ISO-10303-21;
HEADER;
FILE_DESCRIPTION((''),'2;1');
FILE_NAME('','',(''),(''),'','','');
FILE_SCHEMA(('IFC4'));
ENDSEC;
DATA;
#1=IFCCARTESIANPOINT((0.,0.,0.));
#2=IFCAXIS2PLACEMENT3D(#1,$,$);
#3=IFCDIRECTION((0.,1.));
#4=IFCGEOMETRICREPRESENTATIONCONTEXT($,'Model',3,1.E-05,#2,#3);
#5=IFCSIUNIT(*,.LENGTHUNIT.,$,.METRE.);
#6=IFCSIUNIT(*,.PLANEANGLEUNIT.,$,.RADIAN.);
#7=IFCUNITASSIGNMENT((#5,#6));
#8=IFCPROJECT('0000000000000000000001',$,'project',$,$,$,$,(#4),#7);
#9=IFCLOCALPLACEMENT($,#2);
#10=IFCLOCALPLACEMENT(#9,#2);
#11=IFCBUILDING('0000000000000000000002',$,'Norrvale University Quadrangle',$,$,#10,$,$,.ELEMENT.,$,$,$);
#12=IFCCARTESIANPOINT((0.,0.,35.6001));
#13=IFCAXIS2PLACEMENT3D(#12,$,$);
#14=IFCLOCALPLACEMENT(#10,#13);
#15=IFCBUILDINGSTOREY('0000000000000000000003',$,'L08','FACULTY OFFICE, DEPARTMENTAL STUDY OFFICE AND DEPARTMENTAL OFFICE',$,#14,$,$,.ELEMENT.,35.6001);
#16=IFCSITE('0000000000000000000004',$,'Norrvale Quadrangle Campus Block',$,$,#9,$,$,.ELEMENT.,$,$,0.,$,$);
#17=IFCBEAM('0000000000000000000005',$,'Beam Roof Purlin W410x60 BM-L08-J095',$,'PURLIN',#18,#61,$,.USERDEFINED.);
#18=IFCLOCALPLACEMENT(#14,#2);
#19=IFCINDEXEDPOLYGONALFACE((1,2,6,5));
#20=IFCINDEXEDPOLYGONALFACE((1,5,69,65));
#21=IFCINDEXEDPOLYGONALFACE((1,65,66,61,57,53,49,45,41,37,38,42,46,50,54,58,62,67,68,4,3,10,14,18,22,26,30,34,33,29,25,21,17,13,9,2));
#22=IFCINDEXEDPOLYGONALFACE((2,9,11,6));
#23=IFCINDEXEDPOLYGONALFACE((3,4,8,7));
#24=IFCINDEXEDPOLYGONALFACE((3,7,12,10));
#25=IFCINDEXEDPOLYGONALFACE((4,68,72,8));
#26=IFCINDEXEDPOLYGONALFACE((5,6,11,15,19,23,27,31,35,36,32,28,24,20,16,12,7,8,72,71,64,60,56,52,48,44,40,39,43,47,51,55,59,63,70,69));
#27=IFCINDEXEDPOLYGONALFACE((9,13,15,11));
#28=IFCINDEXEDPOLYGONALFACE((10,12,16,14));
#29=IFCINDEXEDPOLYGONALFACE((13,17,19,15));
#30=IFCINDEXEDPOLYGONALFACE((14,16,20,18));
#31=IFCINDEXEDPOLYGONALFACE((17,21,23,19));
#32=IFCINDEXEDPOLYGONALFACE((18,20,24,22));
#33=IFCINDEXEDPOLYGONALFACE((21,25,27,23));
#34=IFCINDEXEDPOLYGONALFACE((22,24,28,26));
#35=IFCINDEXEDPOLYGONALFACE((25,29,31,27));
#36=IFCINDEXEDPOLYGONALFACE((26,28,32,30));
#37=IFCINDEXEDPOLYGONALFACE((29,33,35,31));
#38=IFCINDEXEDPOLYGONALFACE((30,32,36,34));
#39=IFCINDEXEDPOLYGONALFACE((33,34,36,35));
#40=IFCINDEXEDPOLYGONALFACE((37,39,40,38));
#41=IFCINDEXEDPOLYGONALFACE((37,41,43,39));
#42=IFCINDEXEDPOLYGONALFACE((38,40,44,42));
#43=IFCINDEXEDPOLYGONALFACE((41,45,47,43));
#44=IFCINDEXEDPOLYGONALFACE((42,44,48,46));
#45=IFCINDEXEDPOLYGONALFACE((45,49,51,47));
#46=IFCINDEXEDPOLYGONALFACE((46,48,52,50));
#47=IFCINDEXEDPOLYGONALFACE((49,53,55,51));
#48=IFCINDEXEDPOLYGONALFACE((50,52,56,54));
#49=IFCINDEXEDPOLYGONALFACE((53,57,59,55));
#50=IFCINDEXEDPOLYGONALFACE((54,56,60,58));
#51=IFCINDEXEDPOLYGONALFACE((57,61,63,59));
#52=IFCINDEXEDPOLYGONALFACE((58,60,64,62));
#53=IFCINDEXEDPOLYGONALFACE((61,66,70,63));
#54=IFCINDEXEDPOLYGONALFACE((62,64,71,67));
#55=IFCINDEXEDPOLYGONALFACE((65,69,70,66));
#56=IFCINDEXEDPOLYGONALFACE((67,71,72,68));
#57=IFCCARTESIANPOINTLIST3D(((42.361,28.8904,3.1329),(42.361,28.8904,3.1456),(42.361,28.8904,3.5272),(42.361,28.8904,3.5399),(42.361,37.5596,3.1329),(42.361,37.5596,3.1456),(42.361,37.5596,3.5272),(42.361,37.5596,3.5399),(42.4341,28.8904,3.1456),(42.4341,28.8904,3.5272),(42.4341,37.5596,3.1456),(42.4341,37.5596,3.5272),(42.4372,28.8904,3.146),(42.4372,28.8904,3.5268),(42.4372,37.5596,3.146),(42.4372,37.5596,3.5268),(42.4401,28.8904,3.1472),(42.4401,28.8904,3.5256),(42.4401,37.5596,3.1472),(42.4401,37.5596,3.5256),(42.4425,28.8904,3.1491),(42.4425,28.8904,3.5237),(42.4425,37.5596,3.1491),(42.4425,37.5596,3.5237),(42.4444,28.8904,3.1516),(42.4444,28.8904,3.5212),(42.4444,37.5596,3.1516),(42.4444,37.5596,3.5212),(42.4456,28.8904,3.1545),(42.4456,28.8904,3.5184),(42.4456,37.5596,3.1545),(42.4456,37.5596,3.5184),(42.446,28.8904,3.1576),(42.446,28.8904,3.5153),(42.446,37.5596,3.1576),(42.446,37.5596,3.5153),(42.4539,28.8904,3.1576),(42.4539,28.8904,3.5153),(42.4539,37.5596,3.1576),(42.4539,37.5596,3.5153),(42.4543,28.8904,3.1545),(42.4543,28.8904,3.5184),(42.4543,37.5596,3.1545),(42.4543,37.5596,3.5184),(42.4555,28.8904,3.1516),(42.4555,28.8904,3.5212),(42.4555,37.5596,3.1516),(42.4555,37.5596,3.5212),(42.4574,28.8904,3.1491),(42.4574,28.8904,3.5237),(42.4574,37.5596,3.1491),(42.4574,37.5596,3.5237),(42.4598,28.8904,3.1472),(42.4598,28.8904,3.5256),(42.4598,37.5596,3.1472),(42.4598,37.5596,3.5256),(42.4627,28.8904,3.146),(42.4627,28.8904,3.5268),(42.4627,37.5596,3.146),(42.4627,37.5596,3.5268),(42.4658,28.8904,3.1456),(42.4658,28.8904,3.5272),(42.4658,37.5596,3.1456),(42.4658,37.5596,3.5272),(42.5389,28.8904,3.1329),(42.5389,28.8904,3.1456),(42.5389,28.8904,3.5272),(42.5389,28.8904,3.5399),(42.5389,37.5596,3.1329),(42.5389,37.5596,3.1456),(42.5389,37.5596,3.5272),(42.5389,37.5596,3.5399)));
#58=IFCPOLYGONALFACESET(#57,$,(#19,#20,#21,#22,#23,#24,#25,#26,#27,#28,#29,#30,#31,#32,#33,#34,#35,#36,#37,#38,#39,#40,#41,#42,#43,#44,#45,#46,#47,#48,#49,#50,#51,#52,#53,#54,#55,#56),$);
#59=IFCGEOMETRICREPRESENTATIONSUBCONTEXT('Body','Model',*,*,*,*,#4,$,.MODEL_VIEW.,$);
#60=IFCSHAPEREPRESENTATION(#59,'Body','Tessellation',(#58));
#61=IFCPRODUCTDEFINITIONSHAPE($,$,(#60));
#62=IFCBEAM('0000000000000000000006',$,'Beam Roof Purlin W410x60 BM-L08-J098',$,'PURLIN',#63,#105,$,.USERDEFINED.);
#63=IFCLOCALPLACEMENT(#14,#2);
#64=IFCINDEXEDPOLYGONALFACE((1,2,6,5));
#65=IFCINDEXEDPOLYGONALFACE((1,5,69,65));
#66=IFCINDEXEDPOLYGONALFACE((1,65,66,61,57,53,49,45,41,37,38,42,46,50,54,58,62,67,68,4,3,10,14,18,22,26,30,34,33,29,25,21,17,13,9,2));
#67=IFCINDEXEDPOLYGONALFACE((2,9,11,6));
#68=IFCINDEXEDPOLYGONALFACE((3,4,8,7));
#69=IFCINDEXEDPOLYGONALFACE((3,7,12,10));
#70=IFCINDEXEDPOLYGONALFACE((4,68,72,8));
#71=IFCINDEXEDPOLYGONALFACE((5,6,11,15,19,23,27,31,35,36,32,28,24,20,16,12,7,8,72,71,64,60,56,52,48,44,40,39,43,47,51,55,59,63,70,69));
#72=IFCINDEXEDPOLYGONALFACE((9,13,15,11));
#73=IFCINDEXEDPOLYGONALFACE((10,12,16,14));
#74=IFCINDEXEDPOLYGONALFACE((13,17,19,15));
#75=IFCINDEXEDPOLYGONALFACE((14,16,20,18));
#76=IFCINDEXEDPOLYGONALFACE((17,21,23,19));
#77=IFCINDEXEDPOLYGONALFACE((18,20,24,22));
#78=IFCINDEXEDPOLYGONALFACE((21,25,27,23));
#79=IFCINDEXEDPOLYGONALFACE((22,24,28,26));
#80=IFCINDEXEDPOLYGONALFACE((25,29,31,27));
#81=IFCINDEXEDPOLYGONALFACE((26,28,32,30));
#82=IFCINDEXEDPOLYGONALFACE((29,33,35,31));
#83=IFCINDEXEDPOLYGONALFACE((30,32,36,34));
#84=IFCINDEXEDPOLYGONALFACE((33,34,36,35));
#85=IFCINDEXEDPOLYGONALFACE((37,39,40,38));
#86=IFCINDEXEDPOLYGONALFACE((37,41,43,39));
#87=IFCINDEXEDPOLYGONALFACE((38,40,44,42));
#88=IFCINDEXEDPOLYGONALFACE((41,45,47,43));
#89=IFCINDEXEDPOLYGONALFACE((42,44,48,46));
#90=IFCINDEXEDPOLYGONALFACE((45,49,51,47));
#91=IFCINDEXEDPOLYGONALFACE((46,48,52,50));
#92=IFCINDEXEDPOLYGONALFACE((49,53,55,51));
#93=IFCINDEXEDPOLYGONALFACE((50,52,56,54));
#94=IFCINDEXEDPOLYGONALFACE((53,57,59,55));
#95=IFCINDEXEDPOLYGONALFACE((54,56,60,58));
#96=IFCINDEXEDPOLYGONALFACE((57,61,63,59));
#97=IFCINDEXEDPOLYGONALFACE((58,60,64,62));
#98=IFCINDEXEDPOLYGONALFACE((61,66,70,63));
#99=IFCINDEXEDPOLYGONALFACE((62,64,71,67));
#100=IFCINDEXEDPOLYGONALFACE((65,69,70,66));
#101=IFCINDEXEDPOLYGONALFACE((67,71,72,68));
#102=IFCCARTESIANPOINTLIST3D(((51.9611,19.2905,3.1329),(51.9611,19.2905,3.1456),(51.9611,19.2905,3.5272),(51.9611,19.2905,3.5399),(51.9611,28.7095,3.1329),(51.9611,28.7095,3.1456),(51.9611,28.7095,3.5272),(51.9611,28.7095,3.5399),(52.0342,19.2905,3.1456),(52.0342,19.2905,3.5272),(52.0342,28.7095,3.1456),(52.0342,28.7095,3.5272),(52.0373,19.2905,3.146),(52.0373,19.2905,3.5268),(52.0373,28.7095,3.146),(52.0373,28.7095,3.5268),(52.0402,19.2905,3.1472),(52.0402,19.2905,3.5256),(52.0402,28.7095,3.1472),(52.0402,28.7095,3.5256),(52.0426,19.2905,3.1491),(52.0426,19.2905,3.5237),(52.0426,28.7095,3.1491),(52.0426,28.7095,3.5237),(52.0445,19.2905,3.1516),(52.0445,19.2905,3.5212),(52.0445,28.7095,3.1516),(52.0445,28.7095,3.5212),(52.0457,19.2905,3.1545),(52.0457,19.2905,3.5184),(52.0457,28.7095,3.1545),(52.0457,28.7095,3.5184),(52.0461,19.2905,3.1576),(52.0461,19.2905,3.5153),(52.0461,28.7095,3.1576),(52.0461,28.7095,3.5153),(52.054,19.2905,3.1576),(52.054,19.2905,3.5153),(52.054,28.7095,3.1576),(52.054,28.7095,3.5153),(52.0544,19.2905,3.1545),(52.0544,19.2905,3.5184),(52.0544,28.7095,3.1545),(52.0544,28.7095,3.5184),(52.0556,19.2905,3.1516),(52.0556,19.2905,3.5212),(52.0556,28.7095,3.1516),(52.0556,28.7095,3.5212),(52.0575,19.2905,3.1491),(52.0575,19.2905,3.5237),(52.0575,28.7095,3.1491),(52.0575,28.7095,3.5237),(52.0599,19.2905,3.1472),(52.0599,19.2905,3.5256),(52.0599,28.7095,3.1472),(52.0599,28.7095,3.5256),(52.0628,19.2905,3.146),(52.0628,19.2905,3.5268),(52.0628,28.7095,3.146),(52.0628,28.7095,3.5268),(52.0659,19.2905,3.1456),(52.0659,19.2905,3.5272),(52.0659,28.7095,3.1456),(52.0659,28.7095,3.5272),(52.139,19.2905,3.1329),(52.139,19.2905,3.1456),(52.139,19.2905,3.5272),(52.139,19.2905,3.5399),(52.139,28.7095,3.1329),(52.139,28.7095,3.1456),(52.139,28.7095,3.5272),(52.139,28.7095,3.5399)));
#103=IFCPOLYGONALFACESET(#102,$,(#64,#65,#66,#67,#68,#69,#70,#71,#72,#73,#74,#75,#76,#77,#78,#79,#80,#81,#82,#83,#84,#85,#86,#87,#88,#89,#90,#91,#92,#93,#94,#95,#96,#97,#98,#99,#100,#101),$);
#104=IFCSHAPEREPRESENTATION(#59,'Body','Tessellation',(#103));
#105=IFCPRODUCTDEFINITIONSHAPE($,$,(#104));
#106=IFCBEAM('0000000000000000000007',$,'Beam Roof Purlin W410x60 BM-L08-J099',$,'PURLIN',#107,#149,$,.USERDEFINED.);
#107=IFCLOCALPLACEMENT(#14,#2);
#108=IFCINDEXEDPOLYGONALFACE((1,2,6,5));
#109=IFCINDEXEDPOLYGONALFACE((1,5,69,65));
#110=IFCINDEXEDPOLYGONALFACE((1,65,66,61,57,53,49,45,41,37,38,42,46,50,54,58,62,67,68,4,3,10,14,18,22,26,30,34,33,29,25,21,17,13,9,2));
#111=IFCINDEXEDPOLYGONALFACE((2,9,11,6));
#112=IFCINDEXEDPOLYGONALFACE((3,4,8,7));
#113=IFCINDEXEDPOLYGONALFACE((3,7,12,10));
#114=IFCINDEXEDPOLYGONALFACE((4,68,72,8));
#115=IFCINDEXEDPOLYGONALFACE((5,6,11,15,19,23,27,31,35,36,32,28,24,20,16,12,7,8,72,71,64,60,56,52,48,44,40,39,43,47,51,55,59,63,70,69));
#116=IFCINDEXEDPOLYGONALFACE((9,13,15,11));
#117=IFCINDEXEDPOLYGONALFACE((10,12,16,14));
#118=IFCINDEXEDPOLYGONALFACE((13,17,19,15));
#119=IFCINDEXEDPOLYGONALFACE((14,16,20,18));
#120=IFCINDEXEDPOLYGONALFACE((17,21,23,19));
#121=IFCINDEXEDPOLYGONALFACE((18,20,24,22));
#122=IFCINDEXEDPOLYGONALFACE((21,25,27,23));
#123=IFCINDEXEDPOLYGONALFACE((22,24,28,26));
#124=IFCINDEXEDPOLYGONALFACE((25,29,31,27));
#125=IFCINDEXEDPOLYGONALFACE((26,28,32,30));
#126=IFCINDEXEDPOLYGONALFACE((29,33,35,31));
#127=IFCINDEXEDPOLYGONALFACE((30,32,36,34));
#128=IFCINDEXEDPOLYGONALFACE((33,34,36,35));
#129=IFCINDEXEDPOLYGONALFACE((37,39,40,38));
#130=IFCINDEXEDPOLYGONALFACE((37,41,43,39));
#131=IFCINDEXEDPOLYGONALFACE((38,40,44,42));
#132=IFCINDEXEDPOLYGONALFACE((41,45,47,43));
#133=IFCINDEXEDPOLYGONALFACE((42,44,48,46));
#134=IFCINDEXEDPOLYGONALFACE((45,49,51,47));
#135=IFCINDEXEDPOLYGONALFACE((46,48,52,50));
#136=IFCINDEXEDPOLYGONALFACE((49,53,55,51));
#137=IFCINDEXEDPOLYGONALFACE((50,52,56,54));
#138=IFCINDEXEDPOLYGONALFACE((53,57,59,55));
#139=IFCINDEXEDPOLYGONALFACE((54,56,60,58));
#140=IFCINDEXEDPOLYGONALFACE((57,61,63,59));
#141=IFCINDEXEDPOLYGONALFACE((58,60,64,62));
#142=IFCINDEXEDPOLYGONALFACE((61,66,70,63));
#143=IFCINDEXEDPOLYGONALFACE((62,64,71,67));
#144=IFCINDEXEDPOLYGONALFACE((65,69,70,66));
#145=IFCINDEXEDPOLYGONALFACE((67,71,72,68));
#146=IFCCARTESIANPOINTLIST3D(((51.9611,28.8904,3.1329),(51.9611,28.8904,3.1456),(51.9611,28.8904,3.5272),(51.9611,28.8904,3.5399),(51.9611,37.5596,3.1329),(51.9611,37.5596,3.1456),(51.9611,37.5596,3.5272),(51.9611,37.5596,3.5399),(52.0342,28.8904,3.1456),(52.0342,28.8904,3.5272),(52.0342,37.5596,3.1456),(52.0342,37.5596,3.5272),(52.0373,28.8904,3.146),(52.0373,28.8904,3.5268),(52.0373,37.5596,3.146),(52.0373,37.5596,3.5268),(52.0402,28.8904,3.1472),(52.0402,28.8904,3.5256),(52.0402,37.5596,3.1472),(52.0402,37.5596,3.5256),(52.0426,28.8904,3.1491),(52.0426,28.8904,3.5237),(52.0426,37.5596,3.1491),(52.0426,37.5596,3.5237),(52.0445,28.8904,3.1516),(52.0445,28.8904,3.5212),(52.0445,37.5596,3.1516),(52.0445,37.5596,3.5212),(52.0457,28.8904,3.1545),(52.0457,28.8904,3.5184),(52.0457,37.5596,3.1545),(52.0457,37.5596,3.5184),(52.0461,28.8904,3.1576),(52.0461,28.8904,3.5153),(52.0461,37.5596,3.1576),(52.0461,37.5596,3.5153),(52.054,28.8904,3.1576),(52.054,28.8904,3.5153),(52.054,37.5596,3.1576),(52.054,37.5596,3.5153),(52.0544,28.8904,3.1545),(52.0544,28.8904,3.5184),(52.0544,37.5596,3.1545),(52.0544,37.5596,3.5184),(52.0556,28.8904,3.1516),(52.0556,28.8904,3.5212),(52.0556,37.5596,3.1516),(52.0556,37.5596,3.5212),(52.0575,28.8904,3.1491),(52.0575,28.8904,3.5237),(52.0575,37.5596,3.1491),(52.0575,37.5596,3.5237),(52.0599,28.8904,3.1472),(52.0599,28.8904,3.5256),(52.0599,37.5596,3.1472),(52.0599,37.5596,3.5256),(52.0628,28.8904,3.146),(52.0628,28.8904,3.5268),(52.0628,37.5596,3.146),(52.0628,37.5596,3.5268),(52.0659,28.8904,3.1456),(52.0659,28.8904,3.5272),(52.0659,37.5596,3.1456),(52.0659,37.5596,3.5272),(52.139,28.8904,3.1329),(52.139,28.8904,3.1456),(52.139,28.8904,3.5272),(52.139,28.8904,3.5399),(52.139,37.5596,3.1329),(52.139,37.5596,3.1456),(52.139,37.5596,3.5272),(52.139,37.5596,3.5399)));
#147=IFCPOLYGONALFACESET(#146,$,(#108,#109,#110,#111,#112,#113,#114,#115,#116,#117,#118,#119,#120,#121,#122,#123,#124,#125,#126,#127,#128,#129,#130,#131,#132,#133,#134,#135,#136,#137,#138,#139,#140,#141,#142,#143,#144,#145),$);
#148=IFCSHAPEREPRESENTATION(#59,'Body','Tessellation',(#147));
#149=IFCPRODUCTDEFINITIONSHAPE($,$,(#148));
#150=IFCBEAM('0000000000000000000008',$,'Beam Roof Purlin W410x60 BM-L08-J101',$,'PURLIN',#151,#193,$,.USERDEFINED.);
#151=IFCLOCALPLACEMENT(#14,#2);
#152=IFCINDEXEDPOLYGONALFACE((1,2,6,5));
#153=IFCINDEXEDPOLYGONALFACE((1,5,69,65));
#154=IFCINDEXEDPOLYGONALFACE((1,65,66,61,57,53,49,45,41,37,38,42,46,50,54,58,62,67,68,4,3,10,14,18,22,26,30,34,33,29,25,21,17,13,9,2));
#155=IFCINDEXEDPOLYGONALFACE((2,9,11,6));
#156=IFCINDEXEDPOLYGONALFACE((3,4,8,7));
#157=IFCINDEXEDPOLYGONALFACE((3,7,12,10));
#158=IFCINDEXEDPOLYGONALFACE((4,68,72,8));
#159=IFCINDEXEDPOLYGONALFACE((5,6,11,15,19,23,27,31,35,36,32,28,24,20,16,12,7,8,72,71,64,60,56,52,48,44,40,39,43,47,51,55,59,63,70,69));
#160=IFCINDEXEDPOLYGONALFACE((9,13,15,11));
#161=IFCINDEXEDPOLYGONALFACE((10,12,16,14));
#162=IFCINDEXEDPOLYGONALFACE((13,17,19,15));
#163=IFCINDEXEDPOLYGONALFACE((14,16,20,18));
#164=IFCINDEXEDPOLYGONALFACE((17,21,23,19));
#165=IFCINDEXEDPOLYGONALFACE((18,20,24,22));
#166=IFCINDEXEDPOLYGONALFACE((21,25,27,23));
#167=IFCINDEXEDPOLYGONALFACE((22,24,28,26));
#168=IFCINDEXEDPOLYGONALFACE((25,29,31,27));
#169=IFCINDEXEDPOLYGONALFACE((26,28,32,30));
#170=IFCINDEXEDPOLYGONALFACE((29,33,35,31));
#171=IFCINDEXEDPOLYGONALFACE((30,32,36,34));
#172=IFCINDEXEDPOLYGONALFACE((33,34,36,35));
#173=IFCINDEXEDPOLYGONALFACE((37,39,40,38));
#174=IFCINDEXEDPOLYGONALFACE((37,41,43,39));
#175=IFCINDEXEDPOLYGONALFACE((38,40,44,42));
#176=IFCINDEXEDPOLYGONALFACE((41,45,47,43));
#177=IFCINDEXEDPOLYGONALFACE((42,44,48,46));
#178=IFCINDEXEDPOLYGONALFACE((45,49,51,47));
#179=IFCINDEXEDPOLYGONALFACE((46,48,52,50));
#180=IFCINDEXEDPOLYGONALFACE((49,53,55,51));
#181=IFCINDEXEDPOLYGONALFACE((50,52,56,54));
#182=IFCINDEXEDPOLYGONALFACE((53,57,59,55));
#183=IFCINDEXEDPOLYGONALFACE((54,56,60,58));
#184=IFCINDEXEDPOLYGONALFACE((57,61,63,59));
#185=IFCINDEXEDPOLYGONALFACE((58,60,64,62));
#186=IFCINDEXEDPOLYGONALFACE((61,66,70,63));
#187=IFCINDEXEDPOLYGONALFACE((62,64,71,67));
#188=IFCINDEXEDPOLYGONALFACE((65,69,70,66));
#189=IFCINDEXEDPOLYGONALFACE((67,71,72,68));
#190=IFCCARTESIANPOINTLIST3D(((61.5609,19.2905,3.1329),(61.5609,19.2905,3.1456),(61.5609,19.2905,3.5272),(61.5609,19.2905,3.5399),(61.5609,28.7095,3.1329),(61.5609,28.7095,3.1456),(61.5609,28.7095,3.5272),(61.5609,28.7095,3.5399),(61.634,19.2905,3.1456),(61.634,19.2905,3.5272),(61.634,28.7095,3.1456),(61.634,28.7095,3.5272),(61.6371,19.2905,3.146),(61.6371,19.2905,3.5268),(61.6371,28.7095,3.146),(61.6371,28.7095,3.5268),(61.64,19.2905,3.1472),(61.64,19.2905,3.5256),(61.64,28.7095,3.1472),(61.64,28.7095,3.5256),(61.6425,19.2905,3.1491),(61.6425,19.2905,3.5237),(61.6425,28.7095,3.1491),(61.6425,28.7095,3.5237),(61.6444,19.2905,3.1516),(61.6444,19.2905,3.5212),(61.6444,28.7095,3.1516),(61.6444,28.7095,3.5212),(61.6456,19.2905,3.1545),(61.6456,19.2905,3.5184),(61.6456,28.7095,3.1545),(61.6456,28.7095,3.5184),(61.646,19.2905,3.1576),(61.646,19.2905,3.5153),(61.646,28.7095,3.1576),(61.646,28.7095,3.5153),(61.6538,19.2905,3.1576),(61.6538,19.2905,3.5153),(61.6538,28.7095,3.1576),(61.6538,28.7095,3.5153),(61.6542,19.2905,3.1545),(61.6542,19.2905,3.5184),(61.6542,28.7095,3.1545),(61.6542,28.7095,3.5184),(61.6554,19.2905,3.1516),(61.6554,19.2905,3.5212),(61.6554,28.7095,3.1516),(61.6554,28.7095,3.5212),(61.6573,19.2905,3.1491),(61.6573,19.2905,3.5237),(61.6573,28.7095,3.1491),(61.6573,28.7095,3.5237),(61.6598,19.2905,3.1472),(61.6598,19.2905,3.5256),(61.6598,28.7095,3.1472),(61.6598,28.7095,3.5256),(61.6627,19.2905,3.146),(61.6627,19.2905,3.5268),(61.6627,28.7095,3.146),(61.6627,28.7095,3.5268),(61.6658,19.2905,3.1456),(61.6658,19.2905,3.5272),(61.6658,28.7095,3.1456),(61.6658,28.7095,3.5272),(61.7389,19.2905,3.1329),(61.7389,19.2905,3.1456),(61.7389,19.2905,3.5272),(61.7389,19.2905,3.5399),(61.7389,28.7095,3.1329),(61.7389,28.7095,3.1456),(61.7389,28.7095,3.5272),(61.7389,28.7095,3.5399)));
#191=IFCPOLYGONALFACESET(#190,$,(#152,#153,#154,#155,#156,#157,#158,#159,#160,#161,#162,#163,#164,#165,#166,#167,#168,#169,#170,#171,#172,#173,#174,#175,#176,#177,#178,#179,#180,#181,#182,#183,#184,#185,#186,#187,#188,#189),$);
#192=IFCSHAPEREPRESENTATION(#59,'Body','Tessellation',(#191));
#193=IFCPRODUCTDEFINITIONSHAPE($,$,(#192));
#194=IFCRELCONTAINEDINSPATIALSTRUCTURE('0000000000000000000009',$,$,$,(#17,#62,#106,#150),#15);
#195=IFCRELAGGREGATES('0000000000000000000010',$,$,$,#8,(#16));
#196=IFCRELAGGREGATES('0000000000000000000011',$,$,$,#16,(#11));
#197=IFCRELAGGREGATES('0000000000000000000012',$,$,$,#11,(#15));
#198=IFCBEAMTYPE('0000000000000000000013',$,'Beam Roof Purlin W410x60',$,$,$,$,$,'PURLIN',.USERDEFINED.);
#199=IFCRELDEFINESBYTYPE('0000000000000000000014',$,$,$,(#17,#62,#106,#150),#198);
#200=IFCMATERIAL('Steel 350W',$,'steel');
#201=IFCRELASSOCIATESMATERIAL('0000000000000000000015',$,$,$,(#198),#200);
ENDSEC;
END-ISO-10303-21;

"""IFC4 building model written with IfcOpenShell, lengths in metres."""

from ifc_helpers import new_model, si_unit, direction, frame, origin, origin_2d, place, context, subcontext, project, spatial, i_section, extrude, material, material_profile, profile_set, type_object, element, save


model = new_model("IFC4")

# Units and contexts
model_context = context("Model", 3, precision=1e-05, world=origin(), true_north=direction((0.0, 1.0)))
body_context = subcontext(model_context, "Body", "Model", "MODEL_VIEW")
ifc_project = project(units=[si_unit("LENGTHUNIT", "METRE"), si_unit("PLANEANGLEUNIT", "RADIAN")], contexts=[model_context])

# Site, building, storey
site_placement = place(None, origin())
site = spatial("IfcSite", under=ifc_project, at=site_placement, Name="Norrvale Quadrangle Campus Block", CompositionType="ELEMENT", RefElevation=0.0)
building_placement = place(site_placement, origin())
building = spatial("IfcBuilding", under=site, at=building_placement, Name="Norrvale University Quadrangle", CompositionType="ELEMENT")
storey_placement = place(building_placement, frame((0.0, 0.0, 35.6001)))
storey = spatial("IfcBuildingStorey", under=building, at=storey_placement, Name="L08", Description="FACULTY OFFICE, DEPARTMENTAL STUDY OFFICE AND DEPARTMENTAL OFFICE", CompositionType="ELEMENT", Elevation=35.6001)

# Beams
ifc_material_1 = material(Name="Steel 350W", Category="steel")
ifc_material_profile_1 = material_profile(ifc_material_1, i_section(OverallWidth=0.178, OverallDepth=0.407, WebThickness=0.0078, FlangeThickness=0.0127, FilletRadius=0.012, at=origin_2d()), Name="Steel 350W")
ifc_profile_set_1 = profile_set([ifc_material_profile_1], Name="Steel 350W")
beam_type_1 = type_object("IfcBeamType", Name="Beam Roof Purlin W410x60", ElementType="PURLIN", PredefinedType="USERDEFINED", material=ifc_profile_set_1)
beam_1_placement = place(storey_placement, frame((42.45, 28.8904, 3.3364), z_axis=(0.0, 1.0, 0.0), x_axis=(-1.0, 0.0, 0.0)))
element("IfcBeam", 1, at=beam_1_placement, inside=storey, type_object=beam_type_1, Name="Beam Roof Purlin W410x60 BM-L08-J095", ObjectType="PURLIN", PredefinedType="USERDEFINED", context=body_context, shape_type="SweptSolid", body=[
    extrude(i_section(OverallWidth=0.178, OverallDepth=0.407, WebThickness=0.0078, FlangeThickness=0.0127, FilletRadius=0.012, at=origin_2d()), origin(), (0.0, 0.0, 1.0), 8.6692),
])
beam_2_placement = place(storey_placement, frame((52.05, 19.2905, 3.3364), z_axis=(0.0, 1.0, 0.0), x_axis=(-1.0, 0.0, 0.0)))
element("IfcBeam", 2, at=beam_2_placement, inside=storey, type_object=beam_type_1, Name="Beam Roof Purlin W410x60 BM-L08-J098", ObjectType="PURLIN", PredefinedType="USERDEFINED", context=body_context, shape_type="SweptSolid", body=[
    extrude(i_section(OverallWidth=0.178, OverallDepth=0.407, WebThickness=0.0078, FlangeThickness=0.0127, FilletRadius=0.012, at=origin_2d()), origin(), (0.0, 0.0, 1.0), 9.4189),
])
beam_3_placement = place(storey_placement, frame((52.05, 28.8904, 3.3364), z_axis=(0.0, 1.0, 0.0), x_axis=(-1.0, 0.0, 0.0)))
element("IfcBeam", 3, at=beam_3_placement, inside=storey, type_object=beam_type_1, Name="Beam Roof Purlin W410x60 BM-L08-J099", ObjectType="PURLIN", PredefinedType="USERDEFINED", context=body_context, shape_type="SweptSolid", body=[
    extrude(i_section(OverallWidth=0.178, OverallDepth=0.407, WebThickness=0.0078, FlangeThickness=0.0127, FilletRadius=0.012, at=origin_2d()), origin(), (0.0, 0.0, 1.0), 8.6692),
])
beam_4_placement = place(storey_placement, frame((61.6499, 19.2905, 3.3364), z_axis=(0.0, 1.0, 0.0), x_axis=(-1.0, 0.0, 0.0)))
element("IfcBeam", 4, at=beam_4_placement, inside=storey, type_object=beam_type_1, Name="Beam Roof Purlin W410x60 BM-L08-J101", ObjectType="PURLIN", PredefinedType="USERDEFINED", context=body_context, shape_type="SweptSolid", body=[
    extrude(i_section(OverallWidth=0.178, OverallDepth=0.407, WebThickness=0.0078, FlangeThickness=0.0127, FilletRadius=0.012, at=origin_2d()), origin(), (0.0, 0.0, 1.0), 9.4189),
])

save(model, "model.ifc")
